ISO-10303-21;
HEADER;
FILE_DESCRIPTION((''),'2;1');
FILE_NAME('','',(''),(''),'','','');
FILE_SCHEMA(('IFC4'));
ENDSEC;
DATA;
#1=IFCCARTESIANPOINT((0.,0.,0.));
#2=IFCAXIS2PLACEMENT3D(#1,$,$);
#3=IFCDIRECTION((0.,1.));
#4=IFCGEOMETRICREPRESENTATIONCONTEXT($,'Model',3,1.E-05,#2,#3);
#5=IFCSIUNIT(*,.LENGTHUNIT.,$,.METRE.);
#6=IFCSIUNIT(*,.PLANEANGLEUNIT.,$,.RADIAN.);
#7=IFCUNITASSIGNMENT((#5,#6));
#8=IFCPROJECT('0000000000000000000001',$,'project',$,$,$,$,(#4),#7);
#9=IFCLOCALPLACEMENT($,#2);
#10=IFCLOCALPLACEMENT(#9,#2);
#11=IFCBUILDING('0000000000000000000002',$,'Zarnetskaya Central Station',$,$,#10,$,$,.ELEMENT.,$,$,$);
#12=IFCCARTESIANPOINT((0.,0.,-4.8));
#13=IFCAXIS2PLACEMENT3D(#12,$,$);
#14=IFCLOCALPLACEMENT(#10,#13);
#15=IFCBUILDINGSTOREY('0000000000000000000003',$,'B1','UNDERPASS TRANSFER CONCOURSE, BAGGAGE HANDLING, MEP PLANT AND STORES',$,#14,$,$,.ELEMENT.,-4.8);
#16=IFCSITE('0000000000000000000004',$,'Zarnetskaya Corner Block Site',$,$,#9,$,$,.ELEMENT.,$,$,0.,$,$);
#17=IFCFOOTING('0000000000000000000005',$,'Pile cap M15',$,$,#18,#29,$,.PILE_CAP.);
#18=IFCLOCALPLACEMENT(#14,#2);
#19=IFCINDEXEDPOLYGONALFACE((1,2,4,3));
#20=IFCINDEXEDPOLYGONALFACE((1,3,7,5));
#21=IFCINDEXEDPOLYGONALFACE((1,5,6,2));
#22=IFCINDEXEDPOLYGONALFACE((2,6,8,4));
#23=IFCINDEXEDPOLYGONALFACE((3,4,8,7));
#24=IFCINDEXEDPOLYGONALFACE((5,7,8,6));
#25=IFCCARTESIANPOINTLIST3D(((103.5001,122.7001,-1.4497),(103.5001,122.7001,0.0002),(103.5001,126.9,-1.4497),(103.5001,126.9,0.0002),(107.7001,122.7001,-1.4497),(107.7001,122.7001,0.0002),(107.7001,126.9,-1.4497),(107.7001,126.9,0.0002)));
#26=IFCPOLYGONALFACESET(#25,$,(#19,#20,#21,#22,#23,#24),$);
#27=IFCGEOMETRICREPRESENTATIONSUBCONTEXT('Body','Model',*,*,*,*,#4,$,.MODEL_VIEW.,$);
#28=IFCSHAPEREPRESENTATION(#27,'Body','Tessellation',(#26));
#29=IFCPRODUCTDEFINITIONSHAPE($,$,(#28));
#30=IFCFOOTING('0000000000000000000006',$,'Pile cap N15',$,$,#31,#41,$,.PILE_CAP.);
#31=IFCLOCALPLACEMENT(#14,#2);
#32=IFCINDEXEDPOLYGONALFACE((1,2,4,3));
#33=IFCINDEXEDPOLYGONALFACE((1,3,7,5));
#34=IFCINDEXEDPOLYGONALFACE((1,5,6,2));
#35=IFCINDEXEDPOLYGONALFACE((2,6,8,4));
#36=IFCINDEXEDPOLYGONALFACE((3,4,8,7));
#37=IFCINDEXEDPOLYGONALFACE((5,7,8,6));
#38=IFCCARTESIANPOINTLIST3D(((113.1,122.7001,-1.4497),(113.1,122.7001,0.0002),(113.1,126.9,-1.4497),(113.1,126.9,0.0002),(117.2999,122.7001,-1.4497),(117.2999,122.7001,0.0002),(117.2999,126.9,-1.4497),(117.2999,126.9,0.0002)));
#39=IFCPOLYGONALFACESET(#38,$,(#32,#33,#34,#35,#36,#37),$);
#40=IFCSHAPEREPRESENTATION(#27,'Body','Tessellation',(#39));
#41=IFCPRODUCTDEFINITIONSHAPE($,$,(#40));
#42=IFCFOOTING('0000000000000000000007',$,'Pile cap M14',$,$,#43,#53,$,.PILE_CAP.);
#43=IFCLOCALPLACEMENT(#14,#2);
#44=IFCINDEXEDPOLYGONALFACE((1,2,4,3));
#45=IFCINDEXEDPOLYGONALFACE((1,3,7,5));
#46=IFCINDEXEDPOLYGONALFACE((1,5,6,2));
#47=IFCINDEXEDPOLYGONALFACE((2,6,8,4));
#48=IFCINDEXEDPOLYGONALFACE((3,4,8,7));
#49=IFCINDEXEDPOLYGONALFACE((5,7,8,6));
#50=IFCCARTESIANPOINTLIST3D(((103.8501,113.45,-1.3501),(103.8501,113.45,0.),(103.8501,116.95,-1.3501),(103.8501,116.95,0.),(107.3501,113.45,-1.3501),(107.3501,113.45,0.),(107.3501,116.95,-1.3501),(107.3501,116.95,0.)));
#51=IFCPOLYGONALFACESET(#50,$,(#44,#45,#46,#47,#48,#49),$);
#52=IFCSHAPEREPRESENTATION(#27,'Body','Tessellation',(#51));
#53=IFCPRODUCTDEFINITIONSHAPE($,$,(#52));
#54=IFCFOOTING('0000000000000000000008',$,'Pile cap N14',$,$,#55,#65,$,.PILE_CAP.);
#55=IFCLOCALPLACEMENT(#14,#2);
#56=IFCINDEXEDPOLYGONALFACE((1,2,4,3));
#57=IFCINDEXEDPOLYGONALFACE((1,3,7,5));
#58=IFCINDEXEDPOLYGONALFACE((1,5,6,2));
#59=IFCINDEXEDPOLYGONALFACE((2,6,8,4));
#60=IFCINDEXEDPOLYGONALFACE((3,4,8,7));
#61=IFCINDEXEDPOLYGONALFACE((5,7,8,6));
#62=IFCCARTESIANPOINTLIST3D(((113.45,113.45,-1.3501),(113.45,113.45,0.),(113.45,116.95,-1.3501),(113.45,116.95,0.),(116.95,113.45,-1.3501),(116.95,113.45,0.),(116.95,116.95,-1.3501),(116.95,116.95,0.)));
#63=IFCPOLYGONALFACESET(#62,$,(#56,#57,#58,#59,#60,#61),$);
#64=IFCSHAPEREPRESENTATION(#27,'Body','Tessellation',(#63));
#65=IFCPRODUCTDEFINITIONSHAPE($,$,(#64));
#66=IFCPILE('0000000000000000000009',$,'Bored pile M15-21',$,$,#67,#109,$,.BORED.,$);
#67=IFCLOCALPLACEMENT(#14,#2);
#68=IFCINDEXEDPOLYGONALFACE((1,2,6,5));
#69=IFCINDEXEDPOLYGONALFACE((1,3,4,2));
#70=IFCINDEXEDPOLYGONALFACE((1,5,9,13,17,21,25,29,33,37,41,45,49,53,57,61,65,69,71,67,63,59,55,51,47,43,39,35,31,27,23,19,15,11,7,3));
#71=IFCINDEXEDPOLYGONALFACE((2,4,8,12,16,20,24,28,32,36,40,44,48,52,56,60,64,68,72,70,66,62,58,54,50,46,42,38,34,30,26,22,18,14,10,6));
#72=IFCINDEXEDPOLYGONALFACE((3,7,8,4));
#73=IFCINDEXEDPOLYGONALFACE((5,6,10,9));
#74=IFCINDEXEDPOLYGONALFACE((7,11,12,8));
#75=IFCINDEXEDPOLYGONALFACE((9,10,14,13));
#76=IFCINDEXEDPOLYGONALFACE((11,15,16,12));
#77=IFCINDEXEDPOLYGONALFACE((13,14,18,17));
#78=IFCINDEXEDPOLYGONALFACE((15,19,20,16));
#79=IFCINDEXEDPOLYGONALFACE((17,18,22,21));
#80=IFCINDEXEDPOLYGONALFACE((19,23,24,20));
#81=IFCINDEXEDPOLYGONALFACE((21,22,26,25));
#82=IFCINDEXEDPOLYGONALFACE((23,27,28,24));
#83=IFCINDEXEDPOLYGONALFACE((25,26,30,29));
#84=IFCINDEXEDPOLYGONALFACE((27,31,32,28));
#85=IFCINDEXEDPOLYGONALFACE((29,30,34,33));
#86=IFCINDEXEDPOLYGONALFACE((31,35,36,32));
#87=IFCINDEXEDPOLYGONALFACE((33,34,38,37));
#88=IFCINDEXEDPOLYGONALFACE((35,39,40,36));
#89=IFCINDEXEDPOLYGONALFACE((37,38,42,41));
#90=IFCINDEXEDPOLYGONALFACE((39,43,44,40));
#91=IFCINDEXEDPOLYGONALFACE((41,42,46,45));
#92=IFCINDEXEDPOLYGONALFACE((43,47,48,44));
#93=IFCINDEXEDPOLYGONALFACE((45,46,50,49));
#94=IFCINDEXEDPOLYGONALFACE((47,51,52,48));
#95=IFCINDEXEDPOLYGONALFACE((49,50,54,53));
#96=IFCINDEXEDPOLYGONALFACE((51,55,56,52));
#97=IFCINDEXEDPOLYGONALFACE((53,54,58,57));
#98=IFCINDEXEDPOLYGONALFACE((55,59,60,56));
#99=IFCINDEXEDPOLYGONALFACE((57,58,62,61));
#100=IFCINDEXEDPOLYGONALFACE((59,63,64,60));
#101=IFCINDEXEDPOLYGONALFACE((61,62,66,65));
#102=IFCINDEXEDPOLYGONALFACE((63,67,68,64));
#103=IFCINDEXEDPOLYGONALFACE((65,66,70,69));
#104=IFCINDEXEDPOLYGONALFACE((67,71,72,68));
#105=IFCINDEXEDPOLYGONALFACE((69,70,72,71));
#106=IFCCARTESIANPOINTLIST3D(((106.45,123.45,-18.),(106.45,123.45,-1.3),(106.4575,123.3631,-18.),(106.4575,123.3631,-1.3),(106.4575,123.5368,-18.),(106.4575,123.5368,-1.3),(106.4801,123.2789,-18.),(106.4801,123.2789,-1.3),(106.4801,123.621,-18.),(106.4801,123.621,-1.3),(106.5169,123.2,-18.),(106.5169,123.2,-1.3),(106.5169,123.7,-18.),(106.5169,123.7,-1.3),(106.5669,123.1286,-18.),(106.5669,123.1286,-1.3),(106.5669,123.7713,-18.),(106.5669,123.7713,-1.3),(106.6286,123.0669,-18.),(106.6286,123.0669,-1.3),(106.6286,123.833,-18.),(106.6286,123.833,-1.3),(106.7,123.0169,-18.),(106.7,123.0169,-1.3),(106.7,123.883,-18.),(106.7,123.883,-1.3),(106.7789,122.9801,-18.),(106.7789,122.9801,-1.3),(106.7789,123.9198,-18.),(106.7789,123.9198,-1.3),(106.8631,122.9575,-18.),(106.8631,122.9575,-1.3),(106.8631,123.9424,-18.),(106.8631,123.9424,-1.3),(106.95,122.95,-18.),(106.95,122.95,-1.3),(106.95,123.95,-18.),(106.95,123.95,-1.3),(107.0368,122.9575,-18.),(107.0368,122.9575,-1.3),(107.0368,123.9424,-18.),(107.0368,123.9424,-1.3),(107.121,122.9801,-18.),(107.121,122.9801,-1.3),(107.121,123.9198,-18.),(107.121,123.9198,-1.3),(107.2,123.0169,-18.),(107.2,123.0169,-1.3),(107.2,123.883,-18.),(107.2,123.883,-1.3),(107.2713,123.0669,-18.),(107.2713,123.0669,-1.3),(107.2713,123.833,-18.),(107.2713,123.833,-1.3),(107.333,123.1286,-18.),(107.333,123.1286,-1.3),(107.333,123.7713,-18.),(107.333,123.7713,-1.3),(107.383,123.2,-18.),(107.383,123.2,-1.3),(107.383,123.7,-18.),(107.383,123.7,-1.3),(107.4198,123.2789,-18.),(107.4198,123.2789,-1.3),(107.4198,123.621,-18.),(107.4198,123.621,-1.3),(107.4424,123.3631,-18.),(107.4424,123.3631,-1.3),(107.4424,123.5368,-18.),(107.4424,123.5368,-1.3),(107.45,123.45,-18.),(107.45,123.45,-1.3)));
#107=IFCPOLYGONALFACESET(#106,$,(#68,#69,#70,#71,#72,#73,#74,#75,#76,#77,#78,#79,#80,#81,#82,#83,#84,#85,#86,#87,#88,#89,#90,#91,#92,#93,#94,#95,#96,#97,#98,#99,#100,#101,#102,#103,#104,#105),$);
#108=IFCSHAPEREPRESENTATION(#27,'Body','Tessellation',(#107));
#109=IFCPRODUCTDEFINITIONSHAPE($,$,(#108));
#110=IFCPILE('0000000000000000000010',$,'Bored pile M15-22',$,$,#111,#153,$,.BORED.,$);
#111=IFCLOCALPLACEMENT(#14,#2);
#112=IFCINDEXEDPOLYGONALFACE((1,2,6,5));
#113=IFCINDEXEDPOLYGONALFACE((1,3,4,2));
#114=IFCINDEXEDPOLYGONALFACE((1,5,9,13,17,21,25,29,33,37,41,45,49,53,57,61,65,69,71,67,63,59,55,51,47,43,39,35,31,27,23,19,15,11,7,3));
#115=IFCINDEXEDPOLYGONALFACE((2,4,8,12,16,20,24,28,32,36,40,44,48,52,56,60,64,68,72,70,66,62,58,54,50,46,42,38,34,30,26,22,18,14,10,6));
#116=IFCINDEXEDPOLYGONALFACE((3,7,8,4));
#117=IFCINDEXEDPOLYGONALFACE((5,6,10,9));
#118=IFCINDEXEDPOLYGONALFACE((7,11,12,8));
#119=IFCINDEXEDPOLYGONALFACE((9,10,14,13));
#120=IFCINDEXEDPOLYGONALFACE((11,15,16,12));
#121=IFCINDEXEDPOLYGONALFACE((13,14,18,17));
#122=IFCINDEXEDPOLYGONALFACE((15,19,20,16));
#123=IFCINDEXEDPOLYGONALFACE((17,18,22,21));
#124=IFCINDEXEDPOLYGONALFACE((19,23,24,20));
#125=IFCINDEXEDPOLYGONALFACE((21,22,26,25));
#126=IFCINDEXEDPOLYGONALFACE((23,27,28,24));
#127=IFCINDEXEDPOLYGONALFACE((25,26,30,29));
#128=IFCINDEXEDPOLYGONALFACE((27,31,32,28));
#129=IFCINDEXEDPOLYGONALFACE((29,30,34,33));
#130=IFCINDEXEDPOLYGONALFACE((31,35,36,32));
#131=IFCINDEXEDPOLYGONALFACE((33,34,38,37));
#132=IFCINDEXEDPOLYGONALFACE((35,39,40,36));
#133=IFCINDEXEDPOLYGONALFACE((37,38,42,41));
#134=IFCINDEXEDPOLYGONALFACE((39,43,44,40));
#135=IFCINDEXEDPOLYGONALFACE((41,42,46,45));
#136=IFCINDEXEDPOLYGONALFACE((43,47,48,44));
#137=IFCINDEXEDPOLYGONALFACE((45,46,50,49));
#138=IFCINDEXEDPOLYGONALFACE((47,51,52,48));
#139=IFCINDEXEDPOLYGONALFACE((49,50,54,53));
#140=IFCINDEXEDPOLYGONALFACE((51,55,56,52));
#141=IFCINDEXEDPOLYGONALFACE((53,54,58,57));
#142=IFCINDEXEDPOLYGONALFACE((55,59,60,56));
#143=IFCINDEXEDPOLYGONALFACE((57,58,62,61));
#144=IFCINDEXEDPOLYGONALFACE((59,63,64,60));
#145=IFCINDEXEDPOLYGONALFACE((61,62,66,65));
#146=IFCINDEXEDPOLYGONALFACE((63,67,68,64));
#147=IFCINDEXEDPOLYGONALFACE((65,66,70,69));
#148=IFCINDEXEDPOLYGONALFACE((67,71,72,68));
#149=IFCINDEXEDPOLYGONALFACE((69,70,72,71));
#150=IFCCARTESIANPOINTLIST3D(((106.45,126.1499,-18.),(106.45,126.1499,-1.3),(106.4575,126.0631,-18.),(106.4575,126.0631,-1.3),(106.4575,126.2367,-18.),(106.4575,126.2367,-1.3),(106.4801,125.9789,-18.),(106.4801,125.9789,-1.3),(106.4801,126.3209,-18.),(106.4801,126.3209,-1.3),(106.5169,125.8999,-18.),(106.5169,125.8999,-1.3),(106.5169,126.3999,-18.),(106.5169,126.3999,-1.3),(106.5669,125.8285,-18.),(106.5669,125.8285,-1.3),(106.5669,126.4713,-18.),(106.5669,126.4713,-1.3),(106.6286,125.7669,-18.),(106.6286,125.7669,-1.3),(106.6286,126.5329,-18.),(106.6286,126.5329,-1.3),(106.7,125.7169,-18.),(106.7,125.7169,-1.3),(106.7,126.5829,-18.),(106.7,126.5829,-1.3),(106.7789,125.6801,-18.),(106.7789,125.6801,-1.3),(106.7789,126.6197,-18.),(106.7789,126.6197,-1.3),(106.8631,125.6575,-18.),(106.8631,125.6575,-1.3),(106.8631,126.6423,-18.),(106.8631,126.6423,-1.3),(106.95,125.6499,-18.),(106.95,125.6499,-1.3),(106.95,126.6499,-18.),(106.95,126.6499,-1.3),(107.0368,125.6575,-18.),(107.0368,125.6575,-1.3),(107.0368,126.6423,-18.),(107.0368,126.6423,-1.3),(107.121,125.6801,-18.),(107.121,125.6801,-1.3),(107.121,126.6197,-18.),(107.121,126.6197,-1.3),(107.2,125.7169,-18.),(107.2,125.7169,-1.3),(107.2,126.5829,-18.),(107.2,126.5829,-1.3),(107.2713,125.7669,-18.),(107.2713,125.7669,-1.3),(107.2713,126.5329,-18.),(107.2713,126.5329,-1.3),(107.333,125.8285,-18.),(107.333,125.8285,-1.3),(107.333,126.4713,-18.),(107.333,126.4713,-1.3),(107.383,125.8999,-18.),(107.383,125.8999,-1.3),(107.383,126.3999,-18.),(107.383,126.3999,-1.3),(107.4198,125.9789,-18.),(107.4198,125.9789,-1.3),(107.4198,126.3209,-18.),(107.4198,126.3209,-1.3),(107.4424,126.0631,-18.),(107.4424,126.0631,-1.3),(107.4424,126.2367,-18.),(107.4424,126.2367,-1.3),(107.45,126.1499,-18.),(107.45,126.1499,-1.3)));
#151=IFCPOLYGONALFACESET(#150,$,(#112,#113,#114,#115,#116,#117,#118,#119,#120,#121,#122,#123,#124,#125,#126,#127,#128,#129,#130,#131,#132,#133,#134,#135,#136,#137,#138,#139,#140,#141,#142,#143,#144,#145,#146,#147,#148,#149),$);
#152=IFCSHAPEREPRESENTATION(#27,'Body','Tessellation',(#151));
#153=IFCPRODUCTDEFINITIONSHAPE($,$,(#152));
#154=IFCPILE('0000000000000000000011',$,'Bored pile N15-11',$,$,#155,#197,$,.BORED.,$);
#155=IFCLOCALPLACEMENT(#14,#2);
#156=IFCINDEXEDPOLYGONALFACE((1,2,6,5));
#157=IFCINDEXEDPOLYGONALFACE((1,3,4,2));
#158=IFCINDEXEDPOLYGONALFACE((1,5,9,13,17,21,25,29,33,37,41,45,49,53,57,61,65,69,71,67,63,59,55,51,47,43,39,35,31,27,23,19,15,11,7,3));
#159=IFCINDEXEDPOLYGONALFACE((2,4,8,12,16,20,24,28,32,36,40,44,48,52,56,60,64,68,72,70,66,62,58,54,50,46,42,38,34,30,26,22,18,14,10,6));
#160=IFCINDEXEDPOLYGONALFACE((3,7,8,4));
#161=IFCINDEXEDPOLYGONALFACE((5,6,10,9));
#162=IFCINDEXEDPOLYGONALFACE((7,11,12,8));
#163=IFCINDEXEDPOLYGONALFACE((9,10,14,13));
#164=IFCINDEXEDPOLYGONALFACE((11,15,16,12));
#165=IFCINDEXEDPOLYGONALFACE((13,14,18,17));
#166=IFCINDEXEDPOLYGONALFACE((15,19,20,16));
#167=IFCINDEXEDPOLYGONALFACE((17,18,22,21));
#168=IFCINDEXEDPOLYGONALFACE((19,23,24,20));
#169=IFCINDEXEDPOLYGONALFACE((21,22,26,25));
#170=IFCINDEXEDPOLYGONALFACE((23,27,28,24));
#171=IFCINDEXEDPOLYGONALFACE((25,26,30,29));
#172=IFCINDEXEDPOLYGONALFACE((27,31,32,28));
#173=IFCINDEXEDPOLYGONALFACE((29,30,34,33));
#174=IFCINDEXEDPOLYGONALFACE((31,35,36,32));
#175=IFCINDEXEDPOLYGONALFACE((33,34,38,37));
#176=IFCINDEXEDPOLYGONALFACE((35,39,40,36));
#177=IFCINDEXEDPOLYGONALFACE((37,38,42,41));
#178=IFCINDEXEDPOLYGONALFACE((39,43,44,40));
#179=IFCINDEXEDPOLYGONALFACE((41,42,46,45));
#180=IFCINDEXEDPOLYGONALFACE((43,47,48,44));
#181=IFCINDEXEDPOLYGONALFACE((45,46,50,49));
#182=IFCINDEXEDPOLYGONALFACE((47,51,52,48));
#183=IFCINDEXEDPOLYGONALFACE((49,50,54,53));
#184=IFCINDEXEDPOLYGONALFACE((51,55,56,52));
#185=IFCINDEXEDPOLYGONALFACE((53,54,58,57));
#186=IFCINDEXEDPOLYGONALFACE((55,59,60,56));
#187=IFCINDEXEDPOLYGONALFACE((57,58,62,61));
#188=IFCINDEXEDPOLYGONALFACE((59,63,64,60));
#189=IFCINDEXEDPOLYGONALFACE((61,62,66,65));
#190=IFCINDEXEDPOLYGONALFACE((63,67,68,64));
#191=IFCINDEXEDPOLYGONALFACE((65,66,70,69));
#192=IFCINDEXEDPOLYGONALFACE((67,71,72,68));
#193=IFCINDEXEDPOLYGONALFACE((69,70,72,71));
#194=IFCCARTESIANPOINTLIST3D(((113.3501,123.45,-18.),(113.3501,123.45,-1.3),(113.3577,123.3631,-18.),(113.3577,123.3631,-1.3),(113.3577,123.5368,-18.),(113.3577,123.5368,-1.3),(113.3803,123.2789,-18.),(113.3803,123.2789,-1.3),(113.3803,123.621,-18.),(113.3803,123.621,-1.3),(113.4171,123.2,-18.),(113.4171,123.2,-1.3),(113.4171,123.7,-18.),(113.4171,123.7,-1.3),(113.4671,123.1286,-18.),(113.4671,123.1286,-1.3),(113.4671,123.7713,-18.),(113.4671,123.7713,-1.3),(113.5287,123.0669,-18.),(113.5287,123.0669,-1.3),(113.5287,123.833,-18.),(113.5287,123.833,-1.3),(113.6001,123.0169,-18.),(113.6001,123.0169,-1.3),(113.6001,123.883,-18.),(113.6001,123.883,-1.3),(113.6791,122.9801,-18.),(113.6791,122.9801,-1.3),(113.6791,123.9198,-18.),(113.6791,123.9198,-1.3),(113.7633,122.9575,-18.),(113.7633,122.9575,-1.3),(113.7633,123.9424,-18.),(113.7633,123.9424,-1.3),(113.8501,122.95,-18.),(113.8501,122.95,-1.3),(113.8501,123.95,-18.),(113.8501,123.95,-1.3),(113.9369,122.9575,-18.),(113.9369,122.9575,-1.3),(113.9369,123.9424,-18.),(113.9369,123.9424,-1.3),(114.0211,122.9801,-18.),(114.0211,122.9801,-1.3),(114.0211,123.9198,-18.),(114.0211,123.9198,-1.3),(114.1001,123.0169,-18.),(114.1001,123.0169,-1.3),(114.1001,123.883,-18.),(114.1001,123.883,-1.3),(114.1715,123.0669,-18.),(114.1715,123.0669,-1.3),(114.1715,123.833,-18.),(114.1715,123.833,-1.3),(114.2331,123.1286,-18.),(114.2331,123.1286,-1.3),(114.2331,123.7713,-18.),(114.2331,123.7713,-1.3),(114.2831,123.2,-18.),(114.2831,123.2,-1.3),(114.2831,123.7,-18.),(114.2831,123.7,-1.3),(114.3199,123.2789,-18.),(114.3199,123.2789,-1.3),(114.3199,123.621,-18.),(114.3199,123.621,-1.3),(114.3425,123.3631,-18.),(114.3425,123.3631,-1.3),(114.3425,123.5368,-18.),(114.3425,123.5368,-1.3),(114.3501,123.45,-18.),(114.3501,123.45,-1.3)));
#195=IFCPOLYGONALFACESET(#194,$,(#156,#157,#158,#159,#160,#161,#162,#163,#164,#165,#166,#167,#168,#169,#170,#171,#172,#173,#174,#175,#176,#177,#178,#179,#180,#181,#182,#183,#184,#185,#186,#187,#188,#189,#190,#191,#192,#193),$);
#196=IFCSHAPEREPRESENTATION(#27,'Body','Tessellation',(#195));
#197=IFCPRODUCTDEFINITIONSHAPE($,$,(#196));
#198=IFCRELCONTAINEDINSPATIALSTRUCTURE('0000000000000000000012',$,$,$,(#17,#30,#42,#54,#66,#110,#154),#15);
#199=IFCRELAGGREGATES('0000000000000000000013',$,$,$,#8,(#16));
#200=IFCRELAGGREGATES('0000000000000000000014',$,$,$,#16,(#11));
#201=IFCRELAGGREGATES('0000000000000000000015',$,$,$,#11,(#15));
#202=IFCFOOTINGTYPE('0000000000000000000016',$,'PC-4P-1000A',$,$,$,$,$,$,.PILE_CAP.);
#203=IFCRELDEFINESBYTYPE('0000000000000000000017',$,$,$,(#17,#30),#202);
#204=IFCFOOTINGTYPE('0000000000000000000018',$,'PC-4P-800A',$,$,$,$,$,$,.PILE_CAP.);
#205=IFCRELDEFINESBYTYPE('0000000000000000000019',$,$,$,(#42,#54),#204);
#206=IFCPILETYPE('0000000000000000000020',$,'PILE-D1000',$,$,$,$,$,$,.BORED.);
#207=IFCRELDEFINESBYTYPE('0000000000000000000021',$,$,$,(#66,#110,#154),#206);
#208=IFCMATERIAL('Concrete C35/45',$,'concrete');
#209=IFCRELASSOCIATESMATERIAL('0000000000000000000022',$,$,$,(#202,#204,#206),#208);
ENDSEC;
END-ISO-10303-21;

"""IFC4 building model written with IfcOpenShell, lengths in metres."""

from ifc_helpers import new_model, si_unit, direction, frame, origin, origin_2d, place, context, subcontext, project, spatial, rectangle, circle, extrude, material, material_profile, profile_set, type_object, element, save


model = new_model("IFC4")

# Units and contexts
model_context = context("Model", 3, precision=1e-05, world=origin(), true_north=direction((0.0, 1.0)))
body_context = subcontext(model_context, "Body", "Model", "MODEL_VIEW")
ifc_project = project(units=[si_unit("LENGTHUNIT", "METRE"), si_unit("PLANEANGLEUNIT", "RADIAN")], contexts=[model_context])

# Site, building, storey
site_placement = place(None, origin())
site = spatial("IfcSite", under=ifc_project, at=site_placement, Name="Zarnetskaya Corner Block Site", CompositionType="ELEMENT", RefElevation=0.0)
building_placement = place(site_placement, origin())
building = spatial("IfcBuilding", under=site, at=building_placement, Name="Zarnetskaya Central Station", CompositionType="ELEMENT")
storey_placement = place(building_placement, frame((0.0, 0.0, -4.8)))
storey = spatial("IfcBuildingStorey", under=building, at=storey_placement, Name="B1", Description="UNDERPASS TRANSFER CONCOURSE, BAGGAGE HANDLING, MEP PLANT AND STORES", CompositionType="ELEMENT", Elevation=-4.8)

# Footings
ifc_material = material(Name="Concrete C35/45", Category="concrete")
footing_type_1 = type_object("IfcFootingType", Name="PC-4P-1000A", PredefinedType="PILE_CAP", material=ifc_material)
for number, where, z_axis, x_axis, name in (
    (1, (105.6001, 124.8, -1.4497), (0.0, 0.0, 1.0), (1.0, 0.0, 0.0), "Pile cap M15"),
    (2, (115.2, 124.8, -1.4497), (0.0, 0.0, 1.0), (1.0, 0.0, 0.0), "Pile cap N15"),
):
    element("IfcFooting", number, at=place(storey_placement, frame(where, z_axis=z_axis, x_axis=x_axis)), inside=storey, type_object=footing_type_1, Name=name, PredefinedType="PILE_CAP", context=body_context, shape_type="SweptSolid", body=[
        extrude(rectangle(XDim=4.2, YDim=4.2, at=origin_2d()), origin(), (0.0, 0.0, 1.0), 1.45),
    ])
footing_type_2 = type_object("IfcFootingType", Name="PC-4P-800A", PredefinedType="PILE_CAP", material=ifc_material)
for number, where, z_axis, x_axis, name in (
    (3, (105.6001, 115.2, -1.3501), (0.0, 0.0, 1.0), (1.0, 0.0, 0.0), "Pile cap M14"),
    (4, (115.2, 115.2, -1.3501), (0.0, 0.0, 1.0), (1.0, 0.0, 0.0), "Pile cap N14"),
):
    element("IfcFooting", number, at=place(storey_placement, frame(where, z_axis=z_axis, x_axis=x_axis)), inside=storey, type_object=footing_type_2, Name=name, PredefinedType="PILE_CAP", context=body_context, shape_type="SweptSolid", body=[
        extrude(rectangle(XDim=3.5, YDim=3.5, at=origin_2d()), origin(), (0.0, 0.0, 1.0), 1.3501),
    ])

# Piles
ifc_material_profile_1 = material_profile(ifc_material, circle(Radius=0.5, at=origin_2d()), Name="BORED PILE D1000")
ifc_profile_set_1 = profile_set([ifc_material_profile_1], Name="Concrete C35/45")
pile_type_1 = type_object("IfcPileType", Name="PILE-D1000", PredefinedType="BORED", material=ifc_profile_set_1)
for number, where, z_axis, x_axis, name in (
    (5, (106.95, 123.45, -1.3), (0.0, 0.0, -1.0), (1.0, 0.0, 0.0), "Bored pile M15-21"),
    (6, (106.95, 126.1499, -1.3), (0.0, 0.0, -1.0), (1.0, 0.0, 0.0), "Bored pile M15-22"),
    (7, (113.8501, 123.45, -1.3), (0.0, 0.0, -1.0), (1.0, 0.0, 0.0), "Bored pile N15-11"),
):
    element("IfcPile", number, at=place(storey_placement, frame(where, z_axis=z_axis, x_axis=x_axis)), inside=storey, type_object=pile_type_1, Name=name, PredefinedType="BORED", context=body_context, shape_type="SweptSolid", body=[
        extrude(circle(Radius=0.5, at=origin_2d()), origin(), (0.0, 0.0, 1.0), 16.7),
    ])

save(model, "model.ifc")
